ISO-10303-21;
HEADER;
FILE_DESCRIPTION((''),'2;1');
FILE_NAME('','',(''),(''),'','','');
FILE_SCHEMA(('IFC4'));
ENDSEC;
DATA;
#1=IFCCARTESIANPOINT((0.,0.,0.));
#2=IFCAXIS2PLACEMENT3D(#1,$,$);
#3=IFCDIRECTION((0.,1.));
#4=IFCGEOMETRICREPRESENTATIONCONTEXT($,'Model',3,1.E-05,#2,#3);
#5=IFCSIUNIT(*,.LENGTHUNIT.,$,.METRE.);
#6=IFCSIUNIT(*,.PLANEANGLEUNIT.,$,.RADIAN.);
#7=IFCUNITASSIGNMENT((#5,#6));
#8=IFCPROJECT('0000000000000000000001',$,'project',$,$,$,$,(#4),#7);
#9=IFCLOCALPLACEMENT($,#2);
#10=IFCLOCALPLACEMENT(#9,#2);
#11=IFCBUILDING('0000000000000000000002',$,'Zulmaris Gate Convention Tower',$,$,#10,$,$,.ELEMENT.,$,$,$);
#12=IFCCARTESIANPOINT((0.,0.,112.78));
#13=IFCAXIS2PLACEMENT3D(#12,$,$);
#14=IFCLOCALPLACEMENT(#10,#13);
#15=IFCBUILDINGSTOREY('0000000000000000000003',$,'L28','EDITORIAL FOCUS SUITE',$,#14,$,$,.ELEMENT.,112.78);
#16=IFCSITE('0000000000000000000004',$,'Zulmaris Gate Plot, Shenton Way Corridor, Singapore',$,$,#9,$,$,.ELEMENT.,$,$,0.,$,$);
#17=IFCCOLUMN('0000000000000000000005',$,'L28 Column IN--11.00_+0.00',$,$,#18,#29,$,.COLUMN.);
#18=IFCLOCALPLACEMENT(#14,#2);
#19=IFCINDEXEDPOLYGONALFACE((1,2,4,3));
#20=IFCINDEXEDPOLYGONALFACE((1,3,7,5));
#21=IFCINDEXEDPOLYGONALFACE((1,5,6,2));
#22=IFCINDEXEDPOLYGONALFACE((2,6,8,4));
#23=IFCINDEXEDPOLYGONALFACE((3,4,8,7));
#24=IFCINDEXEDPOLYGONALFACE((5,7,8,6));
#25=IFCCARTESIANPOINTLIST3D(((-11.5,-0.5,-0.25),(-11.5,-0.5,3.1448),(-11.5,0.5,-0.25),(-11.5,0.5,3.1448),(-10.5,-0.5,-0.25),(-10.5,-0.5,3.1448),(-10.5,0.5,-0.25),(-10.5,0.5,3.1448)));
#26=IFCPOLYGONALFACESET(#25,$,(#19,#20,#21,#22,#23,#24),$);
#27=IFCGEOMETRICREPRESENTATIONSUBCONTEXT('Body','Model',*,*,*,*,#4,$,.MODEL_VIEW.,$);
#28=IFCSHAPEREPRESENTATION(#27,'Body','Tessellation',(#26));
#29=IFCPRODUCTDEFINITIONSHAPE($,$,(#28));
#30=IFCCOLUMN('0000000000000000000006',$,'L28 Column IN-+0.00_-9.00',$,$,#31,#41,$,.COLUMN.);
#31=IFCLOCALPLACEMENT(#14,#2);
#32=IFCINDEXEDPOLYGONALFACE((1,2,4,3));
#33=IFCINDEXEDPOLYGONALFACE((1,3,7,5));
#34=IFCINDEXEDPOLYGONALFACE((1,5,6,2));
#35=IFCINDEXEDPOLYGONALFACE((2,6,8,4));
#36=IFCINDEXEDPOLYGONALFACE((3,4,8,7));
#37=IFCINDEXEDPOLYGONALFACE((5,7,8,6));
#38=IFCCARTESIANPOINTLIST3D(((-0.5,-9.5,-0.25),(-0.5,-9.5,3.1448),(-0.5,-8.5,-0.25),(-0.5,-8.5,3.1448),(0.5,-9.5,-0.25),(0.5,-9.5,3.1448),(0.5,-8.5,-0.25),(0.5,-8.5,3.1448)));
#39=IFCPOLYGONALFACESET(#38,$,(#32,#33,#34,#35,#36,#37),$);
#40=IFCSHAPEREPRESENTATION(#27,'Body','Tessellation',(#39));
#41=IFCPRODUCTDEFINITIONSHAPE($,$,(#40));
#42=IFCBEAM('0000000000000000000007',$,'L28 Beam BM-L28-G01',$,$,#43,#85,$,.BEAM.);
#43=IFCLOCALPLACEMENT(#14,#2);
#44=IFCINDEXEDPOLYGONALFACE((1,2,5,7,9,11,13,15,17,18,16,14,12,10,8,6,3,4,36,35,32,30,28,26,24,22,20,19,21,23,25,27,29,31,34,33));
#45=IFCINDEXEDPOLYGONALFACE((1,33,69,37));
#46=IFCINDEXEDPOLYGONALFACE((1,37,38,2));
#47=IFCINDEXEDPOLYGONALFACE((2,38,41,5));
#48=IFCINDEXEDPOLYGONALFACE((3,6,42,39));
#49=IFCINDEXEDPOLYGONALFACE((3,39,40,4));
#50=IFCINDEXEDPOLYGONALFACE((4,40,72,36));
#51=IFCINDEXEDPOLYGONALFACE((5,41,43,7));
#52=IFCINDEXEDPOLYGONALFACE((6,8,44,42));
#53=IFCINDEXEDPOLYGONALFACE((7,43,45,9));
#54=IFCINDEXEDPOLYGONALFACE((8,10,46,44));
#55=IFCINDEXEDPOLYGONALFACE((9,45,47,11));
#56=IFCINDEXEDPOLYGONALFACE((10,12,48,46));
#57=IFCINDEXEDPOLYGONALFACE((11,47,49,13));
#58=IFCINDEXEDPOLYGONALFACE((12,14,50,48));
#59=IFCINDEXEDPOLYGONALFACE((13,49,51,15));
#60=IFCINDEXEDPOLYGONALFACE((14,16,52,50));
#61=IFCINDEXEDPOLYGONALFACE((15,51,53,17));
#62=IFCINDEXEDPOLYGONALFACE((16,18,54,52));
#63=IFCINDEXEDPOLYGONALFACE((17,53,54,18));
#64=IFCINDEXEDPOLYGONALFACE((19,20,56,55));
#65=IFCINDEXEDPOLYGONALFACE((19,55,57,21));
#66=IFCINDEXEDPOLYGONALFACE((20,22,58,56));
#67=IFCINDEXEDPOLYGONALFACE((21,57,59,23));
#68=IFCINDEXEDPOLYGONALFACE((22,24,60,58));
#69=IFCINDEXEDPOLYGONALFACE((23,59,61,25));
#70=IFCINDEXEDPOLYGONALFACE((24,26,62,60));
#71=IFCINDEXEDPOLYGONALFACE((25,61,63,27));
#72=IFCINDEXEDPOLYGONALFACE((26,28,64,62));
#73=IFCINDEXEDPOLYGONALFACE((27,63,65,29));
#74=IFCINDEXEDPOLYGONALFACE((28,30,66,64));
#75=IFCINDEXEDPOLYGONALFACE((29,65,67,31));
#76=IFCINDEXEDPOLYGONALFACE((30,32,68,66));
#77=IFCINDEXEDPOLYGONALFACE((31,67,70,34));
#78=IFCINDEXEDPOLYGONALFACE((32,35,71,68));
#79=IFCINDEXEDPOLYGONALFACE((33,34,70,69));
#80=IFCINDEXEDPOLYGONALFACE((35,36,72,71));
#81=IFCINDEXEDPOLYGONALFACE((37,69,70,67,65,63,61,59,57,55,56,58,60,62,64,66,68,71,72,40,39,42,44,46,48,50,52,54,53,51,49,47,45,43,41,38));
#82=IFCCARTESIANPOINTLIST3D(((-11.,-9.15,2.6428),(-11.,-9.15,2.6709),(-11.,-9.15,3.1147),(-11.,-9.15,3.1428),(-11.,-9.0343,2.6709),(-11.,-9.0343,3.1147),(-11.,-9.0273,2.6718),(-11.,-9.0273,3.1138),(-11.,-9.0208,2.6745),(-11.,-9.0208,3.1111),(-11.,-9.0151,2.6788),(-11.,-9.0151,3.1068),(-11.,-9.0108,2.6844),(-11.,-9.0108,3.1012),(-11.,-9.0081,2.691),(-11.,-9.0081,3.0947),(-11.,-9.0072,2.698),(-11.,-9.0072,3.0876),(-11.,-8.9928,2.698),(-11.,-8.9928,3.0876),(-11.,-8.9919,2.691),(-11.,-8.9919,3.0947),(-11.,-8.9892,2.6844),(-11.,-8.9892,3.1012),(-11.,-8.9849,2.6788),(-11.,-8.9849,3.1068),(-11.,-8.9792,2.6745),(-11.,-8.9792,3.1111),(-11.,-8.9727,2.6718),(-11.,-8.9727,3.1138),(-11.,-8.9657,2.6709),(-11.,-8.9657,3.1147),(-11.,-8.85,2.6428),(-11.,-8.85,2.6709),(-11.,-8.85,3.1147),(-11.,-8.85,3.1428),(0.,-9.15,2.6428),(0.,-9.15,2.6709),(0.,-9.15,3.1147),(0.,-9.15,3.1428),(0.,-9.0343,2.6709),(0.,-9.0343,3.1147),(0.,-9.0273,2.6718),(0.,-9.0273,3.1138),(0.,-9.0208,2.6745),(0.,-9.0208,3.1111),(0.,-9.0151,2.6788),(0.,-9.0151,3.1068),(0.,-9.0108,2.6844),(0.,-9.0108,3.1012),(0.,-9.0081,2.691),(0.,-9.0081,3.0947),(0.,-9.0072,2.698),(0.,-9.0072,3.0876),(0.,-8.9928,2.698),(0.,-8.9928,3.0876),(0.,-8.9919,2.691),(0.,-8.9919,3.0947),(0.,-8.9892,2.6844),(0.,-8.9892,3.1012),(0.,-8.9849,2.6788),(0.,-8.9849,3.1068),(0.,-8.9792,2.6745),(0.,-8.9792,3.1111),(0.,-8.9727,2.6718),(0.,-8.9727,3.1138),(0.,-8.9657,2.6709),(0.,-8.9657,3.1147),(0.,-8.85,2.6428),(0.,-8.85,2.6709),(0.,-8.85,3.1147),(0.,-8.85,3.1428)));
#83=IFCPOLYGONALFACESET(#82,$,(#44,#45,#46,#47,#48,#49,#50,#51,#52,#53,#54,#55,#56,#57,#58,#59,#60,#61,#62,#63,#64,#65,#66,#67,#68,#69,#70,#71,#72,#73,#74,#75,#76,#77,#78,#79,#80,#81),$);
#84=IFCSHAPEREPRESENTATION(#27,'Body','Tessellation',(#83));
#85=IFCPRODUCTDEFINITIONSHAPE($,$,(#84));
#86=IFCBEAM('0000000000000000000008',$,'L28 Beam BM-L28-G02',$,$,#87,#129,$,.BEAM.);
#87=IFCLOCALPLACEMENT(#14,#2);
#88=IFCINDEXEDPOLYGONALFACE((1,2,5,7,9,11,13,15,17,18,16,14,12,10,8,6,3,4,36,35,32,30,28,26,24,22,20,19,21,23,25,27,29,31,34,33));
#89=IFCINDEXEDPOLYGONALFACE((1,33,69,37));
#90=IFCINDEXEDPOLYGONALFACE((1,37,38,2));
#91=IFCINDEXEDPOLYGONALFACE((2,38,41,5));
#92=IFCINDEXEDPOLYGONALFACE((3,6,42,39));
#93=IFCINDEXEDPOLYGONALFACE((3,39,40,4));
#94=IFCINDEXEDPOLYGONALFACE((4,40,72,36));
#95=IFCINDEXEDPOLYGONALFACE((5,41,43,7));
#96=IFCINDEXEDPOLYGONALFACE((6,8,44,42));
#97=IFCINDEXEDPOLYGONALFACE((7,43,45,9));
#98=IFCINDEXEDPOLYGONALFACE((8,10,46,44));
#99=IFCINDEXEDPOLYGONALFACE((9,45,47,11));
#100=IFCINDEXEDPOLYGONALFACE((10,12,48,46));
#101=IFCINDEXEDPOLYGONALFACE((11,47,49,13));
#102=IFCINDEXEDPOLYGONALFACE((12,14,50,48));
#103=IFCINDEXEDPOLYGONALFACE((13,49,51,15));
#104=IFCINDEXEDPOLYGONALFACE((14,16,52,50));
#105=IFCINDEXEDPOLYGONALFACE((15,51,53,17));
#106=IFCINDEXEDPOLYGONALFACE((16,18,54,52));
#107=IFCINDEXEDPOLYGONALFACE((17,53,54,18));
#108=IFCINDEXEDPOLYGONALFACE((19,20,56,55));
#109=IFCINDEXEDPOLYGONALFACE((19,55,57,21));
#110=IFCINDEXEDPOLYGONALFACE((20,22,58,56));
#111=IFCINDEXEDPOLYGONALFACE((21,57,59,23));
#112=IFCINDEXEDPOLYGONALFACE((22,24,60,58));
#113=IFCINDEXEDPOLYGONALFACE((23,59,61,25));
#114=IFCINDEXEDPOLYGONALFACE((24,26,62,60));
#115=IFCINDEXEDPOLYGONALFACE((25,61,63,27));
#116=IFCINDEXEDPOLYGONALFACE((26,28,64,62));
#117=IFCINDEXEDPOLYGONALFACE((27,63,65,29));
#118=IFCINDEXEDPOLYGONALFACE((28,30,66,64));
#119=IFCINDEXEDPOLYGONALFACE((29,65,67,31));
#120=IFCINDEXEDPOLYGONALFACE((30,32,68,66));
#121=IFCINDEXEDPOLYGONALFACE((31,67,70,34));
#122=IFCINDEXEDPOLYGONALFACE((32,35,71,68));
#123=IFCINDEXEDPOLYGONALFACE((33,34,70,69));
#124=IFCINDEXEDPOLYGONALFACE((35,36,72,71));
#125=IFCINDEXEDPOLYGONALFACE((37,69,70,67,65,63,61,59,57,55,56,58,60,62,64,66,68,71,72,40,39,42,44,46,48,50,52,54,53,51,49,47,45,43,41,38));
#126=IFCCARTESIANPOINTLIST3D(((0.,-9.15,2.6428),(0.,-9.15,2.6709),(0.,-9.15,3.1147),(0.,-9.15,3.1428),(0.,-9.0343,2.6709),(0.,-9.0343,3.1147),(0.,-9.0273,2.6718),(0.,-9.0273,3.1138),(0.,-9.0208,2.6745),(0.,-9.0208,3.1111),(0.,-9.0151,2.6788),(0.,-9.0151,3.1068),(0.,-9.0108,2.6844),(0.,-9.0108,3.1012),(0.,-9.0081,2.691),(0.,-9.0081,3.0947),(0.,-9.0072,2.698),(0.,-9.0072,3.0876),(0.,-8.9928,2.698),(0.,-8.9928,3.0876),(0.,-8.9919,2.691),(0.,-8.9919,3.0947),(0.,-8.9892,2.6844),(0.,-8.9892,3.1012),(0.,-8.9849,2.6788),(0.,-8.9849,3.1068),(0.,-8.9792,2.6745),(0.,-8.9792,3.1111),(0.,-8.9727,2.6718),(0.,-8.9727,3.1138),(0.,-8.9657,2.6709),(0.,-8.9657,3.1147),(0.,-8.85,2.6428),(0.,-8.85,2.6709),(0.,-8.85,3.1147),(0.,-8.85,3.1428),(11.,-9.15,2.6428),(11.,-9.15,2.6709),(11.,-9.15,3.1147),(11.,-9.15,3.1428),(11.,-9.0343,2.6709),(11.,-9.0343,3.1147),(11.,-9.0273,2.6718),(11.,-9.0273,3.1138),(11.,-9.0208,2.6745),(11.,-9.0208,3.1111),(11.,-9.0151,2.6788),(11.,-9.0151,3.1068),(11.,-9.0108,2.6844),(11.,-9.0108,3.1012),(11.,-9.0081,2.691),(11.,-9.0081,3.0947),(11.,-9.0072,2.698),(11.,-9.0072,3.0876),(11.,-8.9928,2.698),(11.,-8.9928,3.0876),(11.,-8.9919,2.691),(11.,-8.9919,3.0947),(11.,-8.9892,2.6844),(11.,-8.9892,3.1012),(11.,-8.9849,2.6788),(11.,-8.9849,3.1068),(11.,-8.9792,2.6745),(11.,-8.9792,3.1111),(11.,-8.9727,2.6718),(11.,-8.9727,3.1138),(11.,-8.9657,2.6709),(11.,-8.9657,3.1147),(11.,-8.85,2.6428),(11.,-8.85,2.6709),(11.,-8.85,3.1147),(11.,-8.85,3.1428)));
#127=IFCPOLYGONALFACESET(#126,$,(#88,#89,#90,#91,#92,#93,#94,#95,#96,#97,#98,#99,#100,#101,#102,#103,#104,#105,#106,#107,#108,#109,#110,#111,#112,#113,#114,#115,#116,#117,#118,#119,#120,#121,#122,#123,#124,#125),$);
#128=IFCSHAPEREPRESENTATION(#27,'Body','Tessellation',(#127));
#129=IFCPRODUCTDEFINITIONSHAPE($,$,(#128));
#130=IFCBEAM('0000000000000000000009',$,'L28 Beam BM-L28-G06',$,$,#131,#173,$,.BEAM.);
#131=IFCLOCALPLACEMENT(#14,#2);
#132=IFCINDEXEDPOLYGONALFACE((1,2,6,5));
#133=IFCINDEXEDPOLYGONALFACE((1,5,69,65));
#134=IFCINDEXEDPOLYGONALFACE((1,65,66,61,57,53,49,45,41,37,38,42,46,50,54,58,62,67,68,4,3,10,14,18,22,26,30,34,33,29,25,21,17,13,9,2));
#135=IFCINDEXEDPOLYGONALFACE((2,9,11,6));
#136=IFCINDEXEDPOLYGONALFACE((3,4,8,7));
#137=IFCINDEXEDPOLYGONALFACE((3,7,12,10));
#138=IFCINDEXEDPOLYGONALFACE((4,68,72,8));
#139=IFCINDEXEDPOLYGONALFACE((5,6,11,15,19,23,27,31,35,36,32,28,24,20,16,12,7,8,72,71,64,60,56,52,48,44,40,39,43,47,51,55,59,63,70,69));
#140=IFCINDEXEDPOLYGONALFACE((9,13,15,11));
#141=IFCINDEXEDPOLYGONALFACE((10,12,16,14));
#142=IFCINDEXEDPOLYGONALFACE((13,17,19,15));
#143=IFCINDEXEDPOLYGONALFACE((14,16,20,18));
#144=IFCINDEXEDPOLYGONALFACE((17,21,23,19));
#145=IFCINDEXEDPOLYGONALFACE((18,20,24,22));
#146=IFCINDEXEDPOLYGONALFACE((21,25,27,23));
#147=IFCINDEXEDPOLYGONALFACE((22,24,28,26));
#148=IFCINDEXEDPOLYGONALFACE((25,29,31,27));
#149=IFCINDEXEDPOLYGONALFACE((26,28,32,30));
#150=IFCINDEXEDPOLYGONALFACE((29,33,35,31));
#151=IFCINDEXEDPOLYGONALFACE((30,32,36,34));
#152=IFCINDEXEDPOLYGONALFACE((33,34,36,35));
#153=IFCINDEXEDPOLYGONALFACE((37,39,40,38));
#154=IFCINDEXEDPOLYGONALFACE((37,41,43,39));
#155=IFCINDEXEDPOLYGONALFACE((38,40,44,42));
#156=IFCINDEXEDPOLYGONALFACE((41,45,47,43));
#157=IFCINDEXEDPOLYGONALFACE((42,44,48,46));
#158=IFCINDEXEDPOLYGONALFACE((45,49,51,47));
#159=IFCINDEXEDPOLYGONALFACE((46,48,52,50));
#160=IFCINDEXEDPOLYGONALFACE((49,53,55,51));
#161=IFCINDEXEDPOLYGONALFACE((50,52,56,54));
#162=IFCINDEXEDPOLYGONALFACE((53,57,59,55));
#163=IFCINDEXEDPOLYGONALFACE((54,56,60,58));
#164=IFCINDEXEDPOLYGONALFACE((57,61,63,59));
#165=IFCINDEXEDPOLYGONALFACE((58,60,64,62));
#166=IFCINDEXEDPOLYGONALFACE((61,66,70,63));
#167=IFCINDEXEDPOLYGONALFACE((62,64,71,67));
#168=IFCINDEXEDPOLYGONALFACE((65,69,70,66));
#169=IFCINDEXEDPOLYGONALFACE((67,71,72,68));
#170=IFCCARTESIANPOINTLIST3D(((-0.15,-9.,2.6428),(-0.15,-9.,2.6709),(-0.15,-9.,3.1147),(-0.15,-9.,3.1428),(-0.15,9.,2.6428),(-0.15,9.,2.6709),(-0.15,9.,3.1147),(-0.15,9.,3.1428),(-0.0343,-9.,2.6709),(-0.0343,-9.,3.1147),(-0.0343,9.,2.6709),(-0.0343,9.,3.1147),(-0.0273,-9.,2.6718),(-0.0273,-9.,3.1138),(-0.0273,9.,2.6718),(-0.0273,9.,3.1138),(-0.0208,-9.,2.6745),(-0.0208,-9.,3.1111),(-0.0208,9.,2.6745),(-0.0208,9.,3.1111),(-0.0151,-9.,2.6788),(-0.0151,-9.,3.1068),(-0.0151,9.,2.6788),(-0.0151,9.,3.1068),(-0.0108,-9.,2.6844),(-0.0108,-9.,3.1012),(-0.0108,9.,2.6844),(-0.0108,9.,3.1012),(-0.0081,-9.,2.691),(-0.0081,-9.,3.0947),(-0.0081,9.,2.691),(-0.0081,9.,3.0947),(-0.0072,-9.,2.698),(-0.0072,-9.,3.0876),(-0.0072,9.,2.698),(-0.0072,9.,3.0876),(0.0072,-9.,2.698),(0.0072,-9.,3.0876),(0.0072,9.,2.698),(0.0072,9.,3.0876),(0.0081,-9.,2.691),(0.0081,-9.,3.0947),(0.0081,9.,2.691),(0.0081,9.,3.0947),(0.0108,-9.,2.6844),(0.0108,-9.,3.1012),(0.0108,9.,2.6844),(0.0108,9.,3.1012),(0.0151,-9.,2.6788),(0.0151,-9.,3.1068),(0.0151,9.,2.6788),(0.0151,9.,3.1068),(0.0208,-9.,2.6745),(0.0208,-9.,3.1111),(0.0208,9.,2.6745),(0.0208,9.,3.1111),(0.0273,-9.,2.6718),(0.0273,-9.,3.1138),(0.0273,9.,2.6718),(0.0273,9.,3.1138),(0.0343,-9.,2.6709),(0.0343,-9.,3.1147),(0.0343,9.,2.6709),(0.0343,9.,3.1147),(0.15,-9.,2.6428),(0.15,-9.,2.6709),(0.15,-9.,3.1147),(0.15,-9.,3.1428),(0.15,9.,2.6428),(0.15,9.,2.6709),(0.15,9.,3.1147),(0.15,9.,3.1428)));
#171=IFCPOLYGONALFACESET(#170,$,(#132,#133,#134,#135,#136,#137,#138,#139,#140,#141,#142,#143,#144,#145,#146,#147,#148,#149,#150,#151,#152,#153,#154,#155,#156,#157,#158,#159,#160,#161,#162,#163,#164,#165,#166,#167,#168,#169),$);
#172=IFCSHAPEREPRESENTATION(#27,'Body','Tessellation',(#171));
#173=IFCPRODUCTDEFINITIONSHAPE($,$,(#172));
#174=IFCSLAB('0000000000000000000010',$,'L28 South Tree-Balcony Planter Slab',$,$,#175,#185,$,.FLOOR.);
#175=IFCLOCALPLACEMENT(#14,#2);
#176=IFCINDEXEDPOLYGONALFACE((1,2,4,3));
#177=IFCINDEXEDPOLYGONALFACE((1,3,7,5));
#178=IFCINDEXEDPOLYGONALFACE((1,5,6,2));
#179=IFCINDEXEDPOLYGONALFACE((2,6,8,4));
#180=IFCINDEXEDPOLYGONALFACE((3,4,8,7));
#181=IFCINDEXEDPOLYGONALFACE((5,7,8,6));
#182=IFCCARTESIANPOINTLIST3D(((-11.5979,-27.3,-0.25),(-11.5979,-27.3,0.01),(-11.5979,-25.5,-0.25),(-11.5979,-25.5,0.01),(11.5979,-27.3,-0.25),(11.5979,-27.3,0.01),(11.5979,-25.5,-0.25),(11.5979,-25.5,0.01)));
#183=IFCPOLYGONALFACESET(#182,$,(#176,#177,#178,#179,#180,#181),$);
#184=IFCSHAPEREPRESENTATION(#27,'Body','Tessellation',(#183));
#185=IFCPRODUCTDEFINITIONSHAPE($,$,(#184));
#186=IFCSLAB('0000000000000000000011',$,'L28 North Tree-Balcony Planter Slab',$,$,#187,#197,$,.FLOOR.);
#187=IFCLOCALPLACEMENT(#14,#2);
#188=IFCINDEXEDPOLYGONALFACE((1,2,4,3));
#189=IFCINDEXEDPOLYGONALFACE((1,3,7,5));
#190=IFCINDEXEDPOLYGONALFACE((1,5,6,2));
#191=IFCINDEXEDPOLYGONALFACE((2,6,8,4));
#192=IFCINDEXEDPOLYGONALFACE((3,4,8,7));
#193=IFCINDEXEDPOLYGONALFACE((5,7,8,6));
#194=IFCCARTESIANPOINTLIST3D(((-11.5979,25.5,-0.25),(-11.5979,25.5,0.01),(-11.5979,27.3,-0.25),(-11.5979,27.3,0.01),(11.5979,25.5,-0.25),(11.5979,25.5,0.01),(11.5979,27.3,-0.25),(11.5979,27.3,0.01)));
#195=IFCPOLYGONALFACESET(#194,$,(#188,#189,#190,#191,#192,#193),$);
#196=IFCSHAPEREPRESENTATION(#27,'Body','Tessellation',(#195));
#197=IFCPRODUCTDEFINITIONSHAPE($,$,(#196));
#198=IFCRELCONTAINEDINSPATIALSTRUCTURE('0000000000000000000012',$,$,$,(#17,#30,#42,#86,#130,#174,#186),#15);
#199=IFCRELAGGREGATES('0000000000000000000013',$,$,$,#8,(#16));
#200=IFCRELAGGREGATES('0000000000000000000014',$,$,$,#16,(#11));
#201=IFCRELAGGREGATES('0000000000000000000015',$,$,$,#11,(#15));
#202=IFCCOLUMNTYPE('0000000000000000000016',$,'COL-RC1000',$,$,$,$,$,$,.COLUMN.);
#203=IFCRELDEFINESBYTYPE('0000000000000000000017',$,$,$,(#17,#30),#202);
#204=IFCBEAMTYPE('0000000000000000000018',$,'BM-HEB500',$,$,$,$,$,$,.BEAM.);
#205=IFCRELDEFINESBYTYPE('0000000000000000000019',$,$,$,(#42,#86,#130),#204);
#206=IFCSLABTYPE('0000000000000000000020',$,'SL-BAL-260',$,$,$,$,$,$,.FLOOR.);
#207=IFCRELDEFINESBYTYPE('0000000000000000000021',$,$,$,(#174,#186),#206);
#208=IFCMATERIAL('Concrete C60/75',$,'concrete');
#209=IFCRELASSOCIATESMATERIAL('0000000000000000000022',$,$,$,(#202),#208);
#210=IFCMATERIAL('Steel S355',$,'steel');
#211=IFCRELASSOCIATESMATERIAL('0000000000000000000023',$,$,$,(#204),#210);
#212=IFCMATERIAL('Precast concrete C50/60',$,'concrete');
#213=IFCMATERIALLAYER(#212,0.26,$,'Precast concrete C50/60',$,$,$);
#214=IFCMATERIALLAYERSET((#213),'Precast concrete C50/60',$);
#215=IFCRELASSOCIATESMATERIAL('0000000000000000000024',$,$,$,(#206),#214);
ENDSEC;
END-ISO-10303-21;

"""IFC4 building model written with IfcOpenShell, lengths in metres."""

from ifc_helpers import new_model, si_unit, direction, frame, origin, origin_2d, place, context, subcontext, project, spatial, polyline, rectangle, i_section, outline, extrude, material, layer, layer_set, material_profile, profile_set, type_object, element, save


model = new_model("IFC4")

# Units and contexts
model_context = context("Model", 3, precision=1e-05, world=origin(), true_north=direction((0.0, 1.0)))
body_context = subcontext(model_context, "Body", "Model", "MODEL_VIEW")
ifc_project = project(units=[si_unit("LENGTHUNIT", "METRE"), si_unit("PLANEANGLEUNIT", "RADIAN")], contexts=[model_context])

# Site, building, storey
site_placement = place(None, origin())
site = spatial("IfcSite", under=ifc_project, at=site_placement, Name="Zulmaris Gate Plot, Shenton Way Corridor, Singapore", CompositionType="ELEMENT", RefElevation=0.0)
building_placement = place(site_placement, origin())
building = spatial("IfcBuilding", under=site, at=building_placement, Name="Zulmaris Gate Convention Tower", CompositionType="ELEMENT")
storey_placement = place(building_placement, frame((0.0, 0.0, 112.78)))
storey = spatial("IfcBuildingStorey", under=building, at=storey_placement, Name="L28", Description="EDITORIAL FOCUS SUITE", CompositionType="ELEMENT", Elevation=112.78)

# Columns
ifc_material_1 = material(Name="Concrete C60/75", Category="concrete")
ifc_material_profile_1 = material_profile(ifc_material_1, rectangle(XDim=1.0, YDim=1.0, at=origin_2d()), Name="RC COL 1000x1000")
ifc_profile_set_1 = profile_set([ifc_material_profile_1], Name="Concrete C60/75")
column_type = type_object("IfcColumnType", Name="COL-RC1000", PredefinedType="COLUMN", material=ifc_profile_set_1)
for number, where, z_axis, x_axis, name in (
    (1, (-11.0, 0.0, -0.25), (0.0, 0.0, 1.0), (1.0, 0.0, 0.0), "L28 Column IN--11.00_+0.00"),
    (2, (0.0, -9.0, -0.25), (0.0, 0.0, 1.0), (1.0, 0.0, 0.0), "L28 Column IN-+0.00_-9.00"),
):
    element("IfcColumn", number, at=place(storey_placement, frame(where, z_axis=z_axis, x_axis=x_axis)), inside=storey, type_object=column_type, Name=name, PredefinedType="COLUMN", context=body_context, shape_type="SweptSolid", body=[
        extrude(rectangle(XDim=1.0, YDim=1.0, at=origin_2d()), origin(), (0.0, 0.0, 1.0), 3.3948),
    ])

# Beams
ifc_material_2 = material(Name="Steel S355", Category="steel")
ifc_material_profile_2 = material_profile(ifc_material_2, i_section(OverallWidth=0.3, OverallDepth=0.5, WebThickness=0.0144, FlangeThickness=0.0281, FilletRadius=0.0271, at=origin_2d()), Name="HEB 500")
ifc_profile_set_2 = profile_set([ifc_material_profile_2], Name="Steel S355")
beam_type = type_object("IfcBeamType", Name="BM-HEB500", PredefinedType="BEAM", material=ifc_profile_set_2)
for number, where, z_axis, x_axis, name in (
    (3, (-11.0, -9.0, 2.8928), (1.0, 0.0, 0.0), (0.0, 1.0, 0.0), "L28 Beam BM-L28-G01"),
    (4, (0.0, -9.0, 2.8928), (1.0, 0.0, 0.0), (0.0, 1.0, 0.0), "L28 Beam BM-L28-G02"),
):
    element("IfcBeam", number, at=place(storey_placement, frame(where, z_axis=z_axis, x_axis=x_axis)), inside=storey, type_object=beam_type, Name=name, PredefinedType="BEAM", context=body_context, shape_type="SweptSolid", body=[
        extrude(i_section(OverallWidth=0.3, OverallDepth=0.5, WebThickness=0.0144, FlangeThickness=0.0281, FilletRadius=0.0271, at=origin_2d()), origin(), (0.0, 0.0, 1.0), 11.0),
    ])
beam_placement = place(storey_placement, frame((0.0, -9.0, 2.8928), z_axis=(0.0, 1.0, 0.0), x_axis=(-1.0, 0.0, 0.0)))
element("IfcBeam", 5, at=beam_placement, inside=storey, type_object=beam_type, Name="L28 Beam BM-L28-G06", PredefinedType="BEAM", context=body_context, shape_type="SweptSolid", body=[
    extrude(i_section(OverallWidth=0.3, OverallDepth=0.5, WebThickness=0.0144, FlangeThickness=0.0281, FilletRadius=0.0271, at=origin_2d()), origin(), (0.0, 0.0, 1.0), 18.0),
])

# Slabs
ifc_material_3 = material(Name="Precast concrete C50/60", Category="concrete")
ifc_layer_1 = layer(ifc_material_3, 0.26, Name="Precast concrete C50/60")
ifc_layer_set_1 = layer_set([ifc_layer_1], Name="Precast concrete C50/60")
slab_type_1 = type_object("IfcSlabType", Name="SL-BAL-260", PredefinedType="FLOOR", material=ifc_layer_set_1)
slab_1_placement = place(storey_placement, frame((0.0, 0.0, -0.25)))
element("IfcSlab", 6, at=slab_1_placement, inside=storey, type_object=slab_type_1, Name="L28 South Tree-Balcony Planter Slab", PredefinedType="FLOOR", context=body_context, shape_type="SweptSolid", body=[
    extrude(outline(polyline([(-11.5979, -27.3), (-11.5979, -25.5), (11.5979, -25.5), (11.5979, -27.3), (-11.5979, -27.3)])), origin(), (0.0, 0.0, 1.0), 0.26),
])
slab_2_placement = place(storey_placement, frame((0.0, 0.0, -0.25)))
element("IfcSlab", 7, at=slab_2_placement, inside=storey, type_object=slab_type_1, Name="L28 North Tree-Balcony Planter Slab", PredefinedType="FLOOR", context=body_context, shape_type="SweptSolid", body=[
    extrude(outline(polyline([(11.5979, 27.3), (11.5979, 25.5), (-11.5979, 25.5), (-11.5979, 27.3), (11.5979, 27.3)])), origin(), (0.0, 0.0, 1.0), 0.26),
])

save(model, "model.ifc")
